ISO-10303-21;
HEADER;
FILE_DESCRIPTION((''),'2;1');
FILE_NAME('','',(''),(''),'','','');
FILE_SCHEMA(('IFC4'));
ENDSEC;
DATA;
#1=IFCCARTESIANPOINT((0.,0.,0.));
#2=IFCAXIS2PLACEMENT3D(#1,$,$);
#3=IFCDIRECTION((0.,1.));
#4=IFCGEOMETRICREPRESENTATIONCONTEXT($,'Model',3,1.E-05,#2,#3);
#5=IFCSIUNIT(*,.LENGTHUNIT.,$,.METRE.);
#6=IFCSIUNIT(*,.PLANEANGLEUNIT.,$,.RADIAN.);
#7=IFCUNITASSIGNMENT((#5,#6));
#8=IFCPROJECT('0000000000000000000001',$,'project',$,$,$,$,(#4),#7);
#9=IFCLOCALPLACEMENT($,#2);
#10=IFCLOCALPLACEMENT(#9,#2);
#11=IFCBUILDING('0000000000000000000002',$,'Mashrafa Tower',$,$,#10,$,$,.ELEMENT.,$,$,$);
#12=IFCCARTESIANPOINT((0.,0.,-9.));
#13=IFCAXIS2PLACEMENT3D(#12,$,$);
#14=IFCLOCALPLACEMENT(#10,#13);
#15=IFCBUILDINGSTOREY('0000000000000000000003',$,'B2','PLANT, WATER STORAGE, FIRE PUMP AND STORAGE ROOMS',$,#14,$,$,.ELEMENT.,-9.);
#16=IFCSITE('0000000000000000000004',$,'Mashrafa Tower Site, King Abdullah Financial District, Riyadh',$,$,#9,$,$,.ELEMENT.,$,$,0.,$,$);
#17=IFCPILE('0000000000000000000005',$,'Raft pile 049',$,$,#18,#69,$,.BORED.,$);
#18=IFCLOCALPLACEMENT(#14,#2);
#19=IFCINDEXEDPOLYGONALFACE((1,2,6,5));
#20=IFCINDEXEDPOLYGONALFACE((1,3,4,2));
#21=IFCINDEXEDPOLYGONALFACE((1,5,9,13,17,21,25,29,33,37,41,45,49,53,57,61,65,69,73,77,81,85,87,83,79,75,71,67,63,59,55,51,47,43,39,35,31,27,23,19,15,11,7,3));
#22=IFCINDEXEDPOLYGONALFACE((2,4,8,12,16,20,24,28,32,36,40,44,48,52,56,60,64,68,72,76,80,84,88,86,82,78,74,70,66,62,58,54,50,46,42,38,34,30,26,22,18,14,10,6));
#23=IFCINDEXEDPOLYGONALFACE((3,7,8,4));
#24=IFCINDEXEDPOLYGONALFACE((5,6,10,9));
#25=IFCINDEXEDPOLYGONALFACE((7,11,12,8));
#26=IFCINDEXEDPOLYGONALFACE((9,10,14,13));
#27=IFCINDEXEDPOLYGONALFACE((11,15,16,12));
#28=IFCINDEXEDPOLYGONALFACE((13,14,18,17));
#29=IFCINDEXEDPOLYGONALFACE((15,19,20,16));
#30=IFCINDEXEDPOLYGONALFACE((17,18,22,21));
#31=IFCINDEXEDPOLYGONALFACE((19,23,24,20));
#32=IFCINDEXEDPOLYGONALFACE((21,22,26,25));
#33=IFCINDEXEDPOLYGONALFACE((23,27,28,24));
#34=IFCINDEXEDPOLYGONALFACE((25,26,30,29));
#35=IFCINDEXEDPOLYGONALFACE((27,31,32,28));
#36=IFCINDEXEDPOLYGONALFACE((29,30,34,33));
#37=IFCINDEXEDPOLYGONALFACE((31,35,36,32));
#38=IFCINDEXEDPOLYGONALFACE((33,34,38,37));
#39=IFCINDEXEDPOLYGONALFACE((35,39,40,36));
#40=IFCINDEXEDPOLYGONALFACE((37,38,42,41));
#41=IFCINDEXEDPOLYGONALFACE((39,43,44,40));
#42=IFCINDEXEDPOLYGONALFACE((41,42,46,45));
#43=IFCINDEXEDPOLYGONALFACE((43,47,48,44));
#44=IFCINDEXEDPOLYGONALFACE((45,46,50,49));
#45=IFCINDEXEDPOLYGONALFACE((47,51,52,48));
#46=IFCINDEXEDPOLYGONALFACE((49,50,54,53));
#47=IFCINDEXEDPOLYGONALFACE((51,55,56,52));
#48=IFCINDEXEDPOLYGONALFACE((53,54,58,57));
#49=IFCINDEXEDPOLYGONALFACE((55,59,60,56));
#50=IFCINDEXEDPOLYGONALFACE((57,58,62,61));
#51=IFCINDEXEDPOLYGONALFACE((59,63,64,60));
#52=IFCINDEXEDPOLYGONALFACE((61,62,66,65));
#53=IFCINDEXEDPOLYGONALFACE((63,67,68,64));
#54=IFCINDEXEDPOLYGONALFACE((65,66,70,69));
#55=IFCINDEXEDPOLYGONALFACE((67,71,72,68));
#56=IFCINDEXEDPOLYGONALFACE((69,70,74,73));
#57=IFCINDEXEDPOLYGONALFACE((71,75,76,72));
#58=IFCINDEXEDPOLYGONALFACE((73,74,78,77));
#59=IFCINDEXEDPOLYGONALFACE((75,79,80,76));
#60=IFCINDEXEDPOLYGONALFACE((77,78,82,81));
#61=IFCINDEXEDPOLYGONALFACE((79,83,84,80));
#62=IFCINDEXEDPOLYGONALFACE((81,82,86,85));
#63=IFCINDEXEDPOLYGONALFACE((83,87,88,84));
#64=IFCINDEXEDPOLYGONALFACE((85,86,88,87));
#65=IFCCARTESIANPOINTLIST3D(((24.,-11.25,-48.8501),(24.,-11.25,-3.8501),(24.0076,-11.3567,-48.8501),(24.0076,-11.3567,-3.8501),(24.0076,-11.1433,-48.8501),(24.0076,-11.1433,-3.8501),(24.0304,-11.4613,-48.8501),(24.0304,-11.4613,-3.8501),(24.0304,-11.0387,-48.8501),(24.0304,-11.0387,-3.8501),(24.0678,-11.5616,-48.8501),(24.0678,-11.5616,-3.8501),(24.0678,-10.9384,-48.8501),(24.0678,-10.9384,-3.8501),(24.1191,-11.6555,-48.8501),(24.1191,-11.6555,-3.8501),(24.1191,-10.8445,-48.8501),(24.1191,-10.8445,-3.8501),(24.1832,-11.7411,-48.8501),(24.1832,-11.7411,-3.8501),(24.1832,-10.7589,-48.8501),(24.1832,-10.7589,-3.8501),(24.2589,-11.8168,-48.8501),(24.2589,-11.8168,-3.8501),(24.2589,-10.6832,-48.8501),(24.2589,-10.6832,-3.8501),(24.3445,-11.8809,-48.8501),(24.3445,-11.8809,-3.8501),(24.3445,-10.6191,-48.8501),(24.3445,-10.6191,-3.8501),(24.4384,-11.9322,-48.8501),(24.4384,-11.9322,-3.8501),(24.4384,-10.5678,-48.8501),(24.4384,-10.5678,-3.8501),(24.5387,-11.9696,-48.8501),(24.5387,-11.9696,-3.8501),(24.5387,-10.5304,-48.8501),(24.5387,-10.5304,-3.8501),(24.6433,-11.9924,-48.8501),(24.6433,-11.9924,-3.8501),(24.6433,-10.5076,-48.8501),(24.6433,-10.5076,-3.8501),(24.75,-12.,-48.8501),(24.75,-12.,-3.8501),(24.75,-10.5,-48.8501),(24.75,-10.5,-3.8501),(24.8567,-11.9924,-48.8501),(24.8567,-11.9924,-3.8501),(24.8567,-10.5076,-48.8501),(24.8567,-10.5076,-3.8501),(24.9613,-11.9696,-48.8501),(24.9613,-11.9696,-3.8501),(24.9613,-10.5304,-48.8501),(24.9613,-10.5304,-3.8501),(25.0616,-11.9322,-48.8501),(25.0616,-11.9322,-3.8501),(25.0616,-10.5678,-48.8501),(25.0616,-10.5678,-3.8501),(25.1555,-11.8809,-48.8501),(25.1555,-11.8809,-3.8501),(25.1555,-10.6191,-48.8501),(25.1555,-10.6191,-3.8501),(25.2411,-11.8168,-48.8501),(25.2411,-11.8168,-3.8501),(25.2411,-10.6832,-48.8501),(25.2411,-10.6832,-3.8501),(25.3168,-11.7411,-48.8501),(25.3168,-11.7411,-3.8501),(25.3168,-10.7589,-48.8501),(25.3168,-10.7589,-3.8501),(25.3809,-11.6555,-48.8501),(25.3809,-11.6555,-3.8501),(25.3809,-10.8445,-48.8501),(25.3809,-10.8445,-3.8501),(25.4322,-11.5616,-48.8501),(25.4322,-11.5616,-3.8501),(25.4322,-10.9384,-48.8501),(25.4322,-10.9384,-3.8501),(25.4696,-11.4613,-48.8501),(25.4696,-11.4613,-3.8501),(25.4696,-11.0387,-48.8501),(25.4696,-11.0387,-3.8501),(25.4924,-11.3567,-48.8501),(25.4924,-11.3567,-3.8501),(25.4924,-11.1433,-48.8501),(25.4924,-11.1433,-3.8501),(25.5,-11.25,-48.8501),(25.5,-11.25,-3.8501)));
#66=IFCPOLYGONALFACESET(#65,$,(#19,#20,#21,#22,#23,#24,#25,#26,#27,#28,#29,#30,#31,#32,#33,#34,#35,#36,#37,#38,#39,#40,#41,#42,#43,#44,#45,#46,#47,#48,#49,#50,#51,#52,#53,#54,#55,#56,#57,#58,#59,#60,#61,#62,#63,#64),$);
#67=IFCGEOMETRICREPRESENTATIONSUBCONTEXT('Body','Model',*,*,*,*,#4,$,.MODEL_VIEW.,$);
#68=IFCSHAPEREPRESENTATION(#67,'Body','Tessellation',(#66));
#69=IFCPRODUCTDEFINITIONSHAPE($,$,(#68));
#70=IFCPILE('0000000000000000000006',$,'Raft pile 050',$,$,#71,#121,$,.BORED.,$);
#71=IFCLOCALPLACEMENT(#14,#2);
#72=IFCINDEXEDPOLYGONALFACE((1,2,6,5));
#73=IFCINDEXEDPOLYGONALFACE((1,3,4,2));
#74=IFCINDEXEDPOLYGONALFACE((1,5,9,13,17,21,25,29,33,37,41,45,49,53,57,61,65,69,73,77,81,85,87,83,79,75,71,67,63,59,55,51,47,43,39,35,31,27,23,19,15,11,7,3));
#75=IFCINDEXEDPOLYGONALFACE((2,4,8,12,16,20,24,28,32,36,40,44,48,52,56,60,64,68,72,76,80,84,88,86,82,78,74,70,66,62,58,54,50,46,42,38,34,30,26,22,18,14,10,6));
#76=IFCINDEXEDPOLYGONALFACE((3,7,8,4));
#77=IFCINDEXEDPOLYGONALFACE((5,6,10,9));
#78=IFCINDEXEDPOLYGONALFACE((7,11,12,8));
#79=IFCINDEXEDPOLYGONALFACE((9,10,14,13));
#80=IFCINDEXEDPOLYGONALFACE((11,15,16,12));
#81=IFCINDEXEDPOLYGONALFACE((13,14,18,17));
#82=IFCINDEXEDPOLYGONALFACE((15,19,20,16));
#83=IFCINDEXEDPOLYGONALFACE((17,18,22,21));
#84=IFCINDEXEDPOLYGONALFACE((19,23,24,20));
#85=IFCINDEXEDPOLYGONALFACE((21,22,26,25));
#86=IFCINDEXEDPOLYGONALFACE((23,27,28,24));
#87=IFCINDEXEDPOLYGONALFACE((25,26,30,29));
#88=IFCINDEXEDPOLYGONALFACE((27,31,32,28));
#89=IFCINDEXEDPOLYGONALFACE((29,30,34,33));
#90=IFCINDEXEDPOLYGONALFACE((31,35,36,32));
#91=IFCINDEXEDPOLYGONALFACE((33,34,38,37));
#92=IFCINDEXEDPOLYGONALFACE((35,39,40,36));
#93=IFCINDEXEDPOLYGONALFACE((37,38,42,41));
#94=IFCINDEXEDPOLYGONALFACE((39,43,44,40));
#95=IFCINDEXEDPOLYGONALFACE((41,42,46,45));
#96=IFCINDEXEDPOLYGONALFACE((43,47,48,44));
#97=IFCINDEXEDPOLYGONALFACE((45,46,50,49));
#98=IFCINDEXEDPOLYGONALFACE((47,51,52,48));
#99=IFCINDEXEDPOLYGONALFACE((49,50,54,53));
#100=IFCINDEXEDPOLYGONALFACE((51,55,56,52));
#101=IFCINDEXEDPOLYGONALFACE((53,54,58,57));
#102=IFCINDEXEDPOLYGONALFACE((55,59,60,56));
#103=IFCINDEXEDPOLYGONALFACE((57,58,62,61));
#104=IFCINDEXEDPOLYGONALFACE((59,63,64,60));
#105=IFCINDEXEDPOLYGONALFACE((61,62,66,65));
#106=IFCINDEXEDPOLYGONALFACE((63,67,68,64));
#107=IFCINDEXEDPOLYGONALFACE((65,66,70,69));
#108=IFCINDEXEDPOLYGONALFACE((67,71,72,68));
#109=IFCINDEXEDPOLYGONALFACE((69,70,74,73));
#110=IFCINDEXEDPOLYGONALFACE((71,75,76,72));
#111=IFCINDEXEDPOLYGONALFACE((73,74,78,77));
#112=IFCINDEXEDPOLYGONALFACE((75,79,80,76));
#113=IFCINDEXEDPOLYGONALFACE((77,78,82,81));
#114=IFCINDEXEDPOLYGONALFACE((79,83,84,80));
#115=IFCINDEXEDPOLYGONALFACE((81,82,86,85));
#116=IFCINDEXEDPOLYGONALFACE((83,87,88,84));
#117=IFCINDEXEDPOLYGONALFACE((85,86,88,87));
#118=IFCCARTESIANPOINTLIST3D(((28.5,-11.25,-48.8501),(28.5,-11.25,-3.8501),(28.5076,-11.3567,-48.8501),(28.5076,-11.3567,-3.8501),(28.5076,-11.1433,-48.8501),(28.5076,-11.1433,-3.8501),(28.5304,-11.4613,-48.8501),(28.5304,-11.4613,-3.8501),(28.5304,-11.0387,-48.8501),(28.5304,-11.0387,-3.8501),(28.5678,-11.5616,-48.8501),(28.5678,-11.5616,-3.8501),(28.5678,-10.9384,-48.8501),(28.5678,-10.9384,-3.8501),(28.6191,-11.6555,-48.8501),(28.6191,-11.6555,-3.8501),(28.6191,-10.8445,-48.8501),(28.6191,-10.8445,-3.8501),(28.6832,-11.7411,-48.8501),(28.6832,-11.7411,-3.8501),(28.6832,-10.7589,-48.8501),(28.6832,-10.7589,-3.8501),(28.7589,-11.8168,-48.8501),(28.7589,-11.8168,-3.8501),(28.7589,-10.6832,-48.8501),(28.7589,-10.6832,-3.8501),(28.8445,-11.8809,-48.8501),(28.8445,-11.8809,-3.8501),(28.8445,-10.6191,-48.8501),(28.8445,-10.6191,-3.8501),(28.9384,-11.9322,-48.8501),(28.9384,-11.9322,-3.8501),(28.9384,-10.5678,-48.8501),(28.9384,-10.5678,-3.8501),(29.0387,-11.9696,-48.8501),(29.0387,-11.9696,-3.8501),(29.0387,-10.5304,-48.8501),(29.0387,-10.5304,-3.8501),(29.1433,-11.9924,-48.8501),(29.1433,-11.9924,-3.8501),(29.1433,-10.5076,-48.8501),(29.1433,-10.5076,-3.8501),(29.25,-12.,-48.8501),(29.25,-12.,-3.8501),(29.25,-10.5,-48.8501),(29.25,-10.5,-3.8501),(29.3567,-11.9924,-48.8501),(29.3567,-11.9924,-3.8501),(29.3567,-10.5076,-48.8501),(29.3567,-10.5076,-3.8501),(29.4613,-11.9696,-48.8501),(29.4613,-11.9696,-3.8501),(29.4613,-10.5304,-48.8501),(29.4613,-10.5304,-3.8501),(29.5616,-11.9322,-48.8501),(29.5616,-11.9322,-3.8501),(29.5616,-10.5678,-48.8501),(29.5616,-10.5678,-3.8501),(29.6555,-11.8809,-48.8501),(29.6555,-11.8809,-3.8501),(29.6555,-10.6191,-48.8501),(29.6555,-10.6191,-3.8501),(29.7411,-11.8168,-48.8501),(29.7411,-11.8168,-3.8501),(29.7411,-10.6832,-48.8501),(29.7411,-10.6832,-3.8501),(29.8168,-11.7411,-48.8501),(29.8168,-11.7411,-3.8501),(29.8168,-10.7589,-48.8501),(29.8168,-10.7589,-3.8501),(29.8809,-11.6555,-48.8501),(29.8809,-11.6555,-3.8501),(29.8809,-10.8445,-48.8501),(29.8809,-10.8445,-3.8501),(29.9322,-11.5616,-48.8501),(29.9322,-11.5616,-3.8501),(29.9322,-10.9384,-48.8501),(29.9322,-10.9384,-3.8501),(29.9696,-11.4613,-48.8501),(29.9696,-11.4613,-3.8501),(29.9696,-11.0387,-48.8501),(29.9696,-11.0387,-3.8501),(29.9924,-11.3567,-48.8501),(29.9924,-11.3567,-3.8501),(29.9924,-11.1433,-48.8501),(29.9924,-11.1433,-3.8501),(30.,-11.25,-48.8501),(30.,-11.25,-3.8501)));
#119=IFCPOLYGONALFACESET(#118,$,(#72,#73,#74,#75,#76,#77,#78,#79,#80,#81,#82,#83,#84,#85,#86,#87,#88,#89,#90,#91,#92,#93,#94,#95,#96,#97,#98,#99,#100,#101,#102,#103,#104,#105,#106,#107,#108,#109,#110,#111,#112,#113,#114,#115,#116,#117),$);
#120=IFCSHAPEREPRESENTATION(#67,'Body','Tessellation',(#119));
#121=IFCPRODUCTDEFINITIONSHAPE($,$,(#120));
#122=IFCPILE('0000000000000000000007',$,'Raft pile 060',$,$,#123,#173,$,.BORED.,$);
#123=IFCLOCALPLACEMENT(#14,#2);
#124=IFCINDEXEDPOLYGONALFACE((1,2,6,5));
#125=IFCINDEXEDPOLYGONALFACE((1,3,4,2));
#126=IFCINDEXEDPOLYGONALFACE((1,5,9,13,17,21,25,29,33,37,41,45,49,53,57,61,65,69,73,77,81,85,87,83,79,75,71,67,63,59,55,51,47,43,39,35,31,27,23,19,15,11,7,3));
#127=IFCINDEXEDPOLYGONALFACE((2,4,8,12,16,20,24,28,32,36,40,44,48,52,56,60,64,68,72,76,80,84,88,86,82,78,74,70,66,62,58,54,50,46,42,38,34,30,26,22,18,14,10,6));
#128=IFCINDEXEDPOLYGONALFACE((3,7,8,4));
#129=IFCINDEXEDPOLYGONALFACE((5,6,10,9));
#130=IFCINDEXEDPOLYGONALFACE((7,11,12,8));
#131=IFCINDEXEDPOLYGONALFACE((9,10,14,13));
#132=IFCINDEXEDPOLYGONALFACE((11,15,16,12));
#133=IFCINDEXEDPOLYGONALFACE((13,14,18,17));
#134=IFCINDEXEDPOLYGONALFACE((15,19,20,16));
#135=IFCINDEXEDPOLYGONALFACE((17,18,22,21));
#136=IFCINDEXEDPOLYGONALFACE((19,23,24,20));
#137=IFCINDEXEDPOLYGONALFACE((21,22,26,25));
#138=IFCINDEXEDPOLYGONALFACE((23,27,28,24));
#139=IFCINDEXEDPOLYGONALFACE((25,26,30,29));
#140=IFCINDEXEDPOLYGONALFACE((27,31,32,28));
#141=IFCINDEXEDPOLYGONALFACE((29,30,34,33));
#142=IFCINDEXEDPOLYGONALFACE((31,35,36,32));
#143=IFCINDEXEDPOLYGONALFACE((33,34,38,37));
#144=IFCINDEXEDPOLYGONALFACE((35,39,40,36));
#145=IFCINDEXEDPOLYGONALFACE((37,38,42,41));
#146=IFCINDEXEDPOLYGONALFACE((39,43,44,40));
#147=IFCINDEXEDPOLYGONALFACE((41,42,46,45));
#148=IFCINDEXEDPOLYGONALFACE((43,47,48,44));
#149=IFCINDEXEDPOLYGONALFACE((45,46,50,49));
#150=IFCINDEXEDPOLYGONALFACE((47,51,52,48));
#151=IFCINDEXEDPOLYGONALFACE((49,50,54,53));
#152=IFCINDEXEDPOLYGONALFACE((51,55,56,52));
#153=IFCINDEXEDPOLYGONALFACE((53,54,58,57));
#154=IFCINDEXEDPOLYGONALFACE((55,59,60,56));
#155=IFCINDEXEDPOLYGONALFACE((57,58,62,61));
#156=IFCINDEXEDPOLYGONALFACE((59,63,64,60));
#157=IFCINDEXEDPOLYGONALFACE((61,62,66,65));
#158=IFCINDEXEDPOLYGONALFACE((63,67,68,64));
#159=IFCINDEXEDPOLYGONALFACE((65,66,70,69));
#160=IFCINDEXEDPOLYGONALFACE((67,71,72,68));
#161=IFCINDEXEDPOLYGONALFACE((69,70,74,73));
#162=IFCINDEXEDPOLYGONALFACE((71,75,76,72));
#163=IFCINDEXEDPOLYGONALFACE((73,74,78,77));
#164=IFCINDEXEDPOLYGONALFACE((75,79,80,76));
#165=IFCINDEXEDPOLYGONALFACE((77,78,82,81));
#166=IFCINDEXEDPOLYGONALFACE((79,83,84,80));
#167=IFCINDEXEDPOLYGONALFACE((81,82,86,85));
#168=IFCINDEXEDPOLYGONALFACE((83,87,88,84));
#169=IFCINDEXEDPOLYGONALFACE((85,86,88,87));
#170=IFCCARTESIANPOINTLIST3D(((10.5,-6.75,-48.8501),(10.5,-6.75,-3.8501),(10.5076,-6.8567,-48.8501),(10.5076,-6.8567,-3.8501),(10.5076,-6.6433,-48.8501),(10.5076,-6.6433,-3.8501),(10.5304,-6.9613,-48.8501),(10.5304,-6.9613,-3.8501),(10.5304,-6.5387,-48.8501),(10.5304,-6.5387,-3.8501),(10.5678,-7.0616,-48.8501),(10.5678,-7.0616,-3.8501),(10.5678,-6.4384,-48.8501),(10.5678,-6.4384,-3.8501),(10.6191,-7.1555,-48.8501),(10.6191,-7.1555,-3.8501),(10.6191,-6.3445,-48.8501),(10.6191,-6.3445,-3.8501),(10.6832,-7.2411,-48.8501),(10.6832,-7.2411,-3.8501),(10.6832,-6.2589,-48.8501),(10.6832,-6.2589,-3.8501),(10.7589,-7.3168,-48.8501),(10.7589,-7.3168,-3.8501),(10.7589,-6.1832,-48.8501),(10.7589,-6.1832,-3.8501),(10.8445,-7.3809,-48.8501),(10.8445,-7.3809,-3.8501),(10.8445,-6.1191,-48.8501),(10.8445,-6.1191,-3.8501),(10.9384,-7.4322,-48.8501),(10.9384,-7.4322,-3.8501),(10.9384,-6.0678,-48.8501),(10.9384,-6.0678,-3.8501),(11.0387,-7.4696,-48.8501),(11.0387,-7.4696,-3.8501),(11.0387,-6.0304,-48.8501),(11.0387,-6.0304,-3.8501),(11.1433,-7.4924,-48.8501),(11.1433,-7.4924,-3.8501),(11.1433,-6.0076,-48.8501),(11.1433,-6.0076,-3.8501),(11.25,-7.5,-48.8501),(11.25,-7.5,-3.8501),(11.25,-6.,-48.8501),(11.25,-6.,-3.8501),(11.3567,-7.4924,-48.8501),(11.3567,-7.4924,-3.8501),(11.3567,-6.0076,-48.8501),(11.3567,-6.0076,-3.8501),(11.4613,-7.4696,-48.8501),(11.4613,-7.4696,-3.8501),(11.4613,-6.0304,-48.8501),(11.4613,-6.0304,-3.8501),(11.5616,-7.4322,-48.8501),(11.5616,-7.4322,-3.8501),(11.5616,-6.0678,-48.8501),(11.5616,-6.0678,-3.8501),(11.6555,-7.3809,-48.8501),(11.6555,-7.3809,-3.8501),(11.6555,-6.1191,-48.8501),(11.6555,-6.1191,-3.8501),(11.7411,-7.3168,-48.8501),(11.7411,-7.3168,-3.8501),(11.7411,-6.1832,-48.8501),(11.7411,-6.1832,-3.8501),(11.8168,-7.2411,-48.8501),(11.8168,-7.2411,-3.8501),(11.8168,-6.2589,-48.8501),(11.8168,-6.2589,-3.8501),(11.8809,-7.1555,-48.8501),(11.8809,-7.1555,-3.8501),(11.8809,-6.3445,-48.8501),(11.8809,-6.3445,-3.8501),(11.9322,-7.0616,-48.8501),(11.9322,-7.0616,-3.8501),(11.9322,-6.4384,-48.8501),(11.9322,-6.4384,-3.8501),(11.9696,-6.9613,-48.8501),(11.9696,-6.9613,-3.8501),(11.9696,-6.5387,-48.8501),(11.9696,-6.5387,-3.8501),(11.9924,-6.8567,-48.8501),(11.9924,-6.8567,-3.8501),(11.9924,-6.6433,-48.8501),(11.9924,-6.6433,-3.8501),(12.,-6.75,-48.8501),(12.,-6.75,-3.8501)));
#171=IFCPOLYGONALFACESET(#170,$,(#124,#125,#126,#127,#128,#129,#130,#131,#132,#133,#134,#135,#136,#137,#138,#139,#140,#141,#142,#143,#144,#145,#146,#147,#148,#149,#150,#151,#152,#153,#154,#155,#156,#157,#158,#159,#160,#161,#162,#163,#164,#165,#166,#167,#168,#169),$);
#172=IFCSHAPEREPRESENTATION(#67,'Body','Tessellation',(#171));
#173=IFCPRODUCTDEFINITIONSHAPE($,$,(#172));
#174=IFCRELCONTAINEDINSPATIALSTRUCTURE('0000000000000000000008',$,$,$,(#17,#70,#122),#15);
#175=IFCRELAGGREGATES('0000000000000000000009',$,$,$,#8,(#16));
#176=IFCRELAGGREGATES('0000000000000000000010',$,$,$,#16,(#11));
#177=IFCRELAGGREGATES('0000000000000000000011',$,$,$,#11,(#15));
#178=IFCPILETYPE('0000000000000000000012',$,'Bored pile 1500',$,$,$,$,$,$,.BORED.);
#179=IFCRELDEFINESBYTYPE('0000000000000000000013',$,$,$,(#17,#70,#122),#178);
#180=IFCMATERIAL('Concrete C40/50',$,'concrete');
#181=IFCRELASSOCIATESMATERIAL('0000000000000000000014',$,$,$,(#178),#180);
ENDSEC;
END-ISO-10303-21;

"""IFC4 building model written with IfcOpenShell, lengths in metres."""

from ifc_helpers import new_model, si_unit, direction, frame, origin, origin_2d, place, context, subcontext, project, spatial, circle, extrude, material, material_profile, profile_set, type_object, element, save


model = new_model("IFC4")

# Units and contexts
model_context = context("Model", 3, precision=1e-05, world=origin(), true_north=direction((0.0, 1.0)))
body_context = subcontext(model_context, "Body", "Model", "MODEL_VIEW")
ifc_project = project(units=[si_unit("LENGTHUNIT", "METRE"), si_unit("PLANEANGLEUNIT", "RADIAN")], contexts=[model_context])

# Site, building, storey
site_placement = place(None, origin())
site = spatial("IfcSite", under=ifc_project, at=site_placement, Name="Mashrafa Tower Site, King Abdullah Financial District, Riyadh", CompositionType="ELEMENT", RefElevation=0.0)
building_placement = place(site_placement, origin())
building = spatial("IfcBuilding", under=site, at=building_placement, Name="Mashrafa Tower", CompositionType="ELEMENT")
storey_placement = place(building_placement, frame((0.0, 0.0, -9.0)))
storey = spatial("IfcBuildingStorey", under=building, at=storey_placement, Name="B2", Description="PLANT, WATER STORAGE, FIRE PUMP AND STORAGE ROOMS", CompositionType="ELEMENT", Elevation=-9.0)

# Piles
ifc_material_1 = material(Name="Concrete C40/50", Category="concrete")
ifc_material_profile_1 = material_profile(ifc_material_1, circle(Radius=0.75, at=origin_2d()), Name="1500 DIA")
ifc_profile_set_1 = profile_set([ifc_material_profile_1], Name="Concrete C40/50")
pile_type_1 = type_object("IfcPileType", Name="Bored pile 1500", PredefinedType="BORED", material=ifc_profile_set_1)
for number, where, z_axis, x_axis, name in (
    (1, (24.75, -11.25, -3.8501), (0.0, 0.0, -1.0), (1.0, 0.0, 0.0), "Raft pile 049"),
    (2, (29.25, -11.25, -3.8501), (0.0, 0.0, -1.0), (1.0, 0.0, 0.0), "Raft pile 050"),
    (3, (11.25, -6.75, -3.8501), (0.0, 0.0, -1.0), (1.0, 0.0, 0.0), "Raft pile 060"),
):
    element("IfcPile", number, at=place(storey_placement, frame(where, z_axis=z_axis, x_axis=x_axis)), inside=storey, type_object=pile_type_1, Name=name, PredefinedType="BORED", context=body_context, shape_type="SweptSolid", body=[
        extrude(circle(Radius=0.75, at=origin_2d()), origin(), (0.0, 0.0, 1.0), 45.0),
    ])

save(model, "model.ifc")
